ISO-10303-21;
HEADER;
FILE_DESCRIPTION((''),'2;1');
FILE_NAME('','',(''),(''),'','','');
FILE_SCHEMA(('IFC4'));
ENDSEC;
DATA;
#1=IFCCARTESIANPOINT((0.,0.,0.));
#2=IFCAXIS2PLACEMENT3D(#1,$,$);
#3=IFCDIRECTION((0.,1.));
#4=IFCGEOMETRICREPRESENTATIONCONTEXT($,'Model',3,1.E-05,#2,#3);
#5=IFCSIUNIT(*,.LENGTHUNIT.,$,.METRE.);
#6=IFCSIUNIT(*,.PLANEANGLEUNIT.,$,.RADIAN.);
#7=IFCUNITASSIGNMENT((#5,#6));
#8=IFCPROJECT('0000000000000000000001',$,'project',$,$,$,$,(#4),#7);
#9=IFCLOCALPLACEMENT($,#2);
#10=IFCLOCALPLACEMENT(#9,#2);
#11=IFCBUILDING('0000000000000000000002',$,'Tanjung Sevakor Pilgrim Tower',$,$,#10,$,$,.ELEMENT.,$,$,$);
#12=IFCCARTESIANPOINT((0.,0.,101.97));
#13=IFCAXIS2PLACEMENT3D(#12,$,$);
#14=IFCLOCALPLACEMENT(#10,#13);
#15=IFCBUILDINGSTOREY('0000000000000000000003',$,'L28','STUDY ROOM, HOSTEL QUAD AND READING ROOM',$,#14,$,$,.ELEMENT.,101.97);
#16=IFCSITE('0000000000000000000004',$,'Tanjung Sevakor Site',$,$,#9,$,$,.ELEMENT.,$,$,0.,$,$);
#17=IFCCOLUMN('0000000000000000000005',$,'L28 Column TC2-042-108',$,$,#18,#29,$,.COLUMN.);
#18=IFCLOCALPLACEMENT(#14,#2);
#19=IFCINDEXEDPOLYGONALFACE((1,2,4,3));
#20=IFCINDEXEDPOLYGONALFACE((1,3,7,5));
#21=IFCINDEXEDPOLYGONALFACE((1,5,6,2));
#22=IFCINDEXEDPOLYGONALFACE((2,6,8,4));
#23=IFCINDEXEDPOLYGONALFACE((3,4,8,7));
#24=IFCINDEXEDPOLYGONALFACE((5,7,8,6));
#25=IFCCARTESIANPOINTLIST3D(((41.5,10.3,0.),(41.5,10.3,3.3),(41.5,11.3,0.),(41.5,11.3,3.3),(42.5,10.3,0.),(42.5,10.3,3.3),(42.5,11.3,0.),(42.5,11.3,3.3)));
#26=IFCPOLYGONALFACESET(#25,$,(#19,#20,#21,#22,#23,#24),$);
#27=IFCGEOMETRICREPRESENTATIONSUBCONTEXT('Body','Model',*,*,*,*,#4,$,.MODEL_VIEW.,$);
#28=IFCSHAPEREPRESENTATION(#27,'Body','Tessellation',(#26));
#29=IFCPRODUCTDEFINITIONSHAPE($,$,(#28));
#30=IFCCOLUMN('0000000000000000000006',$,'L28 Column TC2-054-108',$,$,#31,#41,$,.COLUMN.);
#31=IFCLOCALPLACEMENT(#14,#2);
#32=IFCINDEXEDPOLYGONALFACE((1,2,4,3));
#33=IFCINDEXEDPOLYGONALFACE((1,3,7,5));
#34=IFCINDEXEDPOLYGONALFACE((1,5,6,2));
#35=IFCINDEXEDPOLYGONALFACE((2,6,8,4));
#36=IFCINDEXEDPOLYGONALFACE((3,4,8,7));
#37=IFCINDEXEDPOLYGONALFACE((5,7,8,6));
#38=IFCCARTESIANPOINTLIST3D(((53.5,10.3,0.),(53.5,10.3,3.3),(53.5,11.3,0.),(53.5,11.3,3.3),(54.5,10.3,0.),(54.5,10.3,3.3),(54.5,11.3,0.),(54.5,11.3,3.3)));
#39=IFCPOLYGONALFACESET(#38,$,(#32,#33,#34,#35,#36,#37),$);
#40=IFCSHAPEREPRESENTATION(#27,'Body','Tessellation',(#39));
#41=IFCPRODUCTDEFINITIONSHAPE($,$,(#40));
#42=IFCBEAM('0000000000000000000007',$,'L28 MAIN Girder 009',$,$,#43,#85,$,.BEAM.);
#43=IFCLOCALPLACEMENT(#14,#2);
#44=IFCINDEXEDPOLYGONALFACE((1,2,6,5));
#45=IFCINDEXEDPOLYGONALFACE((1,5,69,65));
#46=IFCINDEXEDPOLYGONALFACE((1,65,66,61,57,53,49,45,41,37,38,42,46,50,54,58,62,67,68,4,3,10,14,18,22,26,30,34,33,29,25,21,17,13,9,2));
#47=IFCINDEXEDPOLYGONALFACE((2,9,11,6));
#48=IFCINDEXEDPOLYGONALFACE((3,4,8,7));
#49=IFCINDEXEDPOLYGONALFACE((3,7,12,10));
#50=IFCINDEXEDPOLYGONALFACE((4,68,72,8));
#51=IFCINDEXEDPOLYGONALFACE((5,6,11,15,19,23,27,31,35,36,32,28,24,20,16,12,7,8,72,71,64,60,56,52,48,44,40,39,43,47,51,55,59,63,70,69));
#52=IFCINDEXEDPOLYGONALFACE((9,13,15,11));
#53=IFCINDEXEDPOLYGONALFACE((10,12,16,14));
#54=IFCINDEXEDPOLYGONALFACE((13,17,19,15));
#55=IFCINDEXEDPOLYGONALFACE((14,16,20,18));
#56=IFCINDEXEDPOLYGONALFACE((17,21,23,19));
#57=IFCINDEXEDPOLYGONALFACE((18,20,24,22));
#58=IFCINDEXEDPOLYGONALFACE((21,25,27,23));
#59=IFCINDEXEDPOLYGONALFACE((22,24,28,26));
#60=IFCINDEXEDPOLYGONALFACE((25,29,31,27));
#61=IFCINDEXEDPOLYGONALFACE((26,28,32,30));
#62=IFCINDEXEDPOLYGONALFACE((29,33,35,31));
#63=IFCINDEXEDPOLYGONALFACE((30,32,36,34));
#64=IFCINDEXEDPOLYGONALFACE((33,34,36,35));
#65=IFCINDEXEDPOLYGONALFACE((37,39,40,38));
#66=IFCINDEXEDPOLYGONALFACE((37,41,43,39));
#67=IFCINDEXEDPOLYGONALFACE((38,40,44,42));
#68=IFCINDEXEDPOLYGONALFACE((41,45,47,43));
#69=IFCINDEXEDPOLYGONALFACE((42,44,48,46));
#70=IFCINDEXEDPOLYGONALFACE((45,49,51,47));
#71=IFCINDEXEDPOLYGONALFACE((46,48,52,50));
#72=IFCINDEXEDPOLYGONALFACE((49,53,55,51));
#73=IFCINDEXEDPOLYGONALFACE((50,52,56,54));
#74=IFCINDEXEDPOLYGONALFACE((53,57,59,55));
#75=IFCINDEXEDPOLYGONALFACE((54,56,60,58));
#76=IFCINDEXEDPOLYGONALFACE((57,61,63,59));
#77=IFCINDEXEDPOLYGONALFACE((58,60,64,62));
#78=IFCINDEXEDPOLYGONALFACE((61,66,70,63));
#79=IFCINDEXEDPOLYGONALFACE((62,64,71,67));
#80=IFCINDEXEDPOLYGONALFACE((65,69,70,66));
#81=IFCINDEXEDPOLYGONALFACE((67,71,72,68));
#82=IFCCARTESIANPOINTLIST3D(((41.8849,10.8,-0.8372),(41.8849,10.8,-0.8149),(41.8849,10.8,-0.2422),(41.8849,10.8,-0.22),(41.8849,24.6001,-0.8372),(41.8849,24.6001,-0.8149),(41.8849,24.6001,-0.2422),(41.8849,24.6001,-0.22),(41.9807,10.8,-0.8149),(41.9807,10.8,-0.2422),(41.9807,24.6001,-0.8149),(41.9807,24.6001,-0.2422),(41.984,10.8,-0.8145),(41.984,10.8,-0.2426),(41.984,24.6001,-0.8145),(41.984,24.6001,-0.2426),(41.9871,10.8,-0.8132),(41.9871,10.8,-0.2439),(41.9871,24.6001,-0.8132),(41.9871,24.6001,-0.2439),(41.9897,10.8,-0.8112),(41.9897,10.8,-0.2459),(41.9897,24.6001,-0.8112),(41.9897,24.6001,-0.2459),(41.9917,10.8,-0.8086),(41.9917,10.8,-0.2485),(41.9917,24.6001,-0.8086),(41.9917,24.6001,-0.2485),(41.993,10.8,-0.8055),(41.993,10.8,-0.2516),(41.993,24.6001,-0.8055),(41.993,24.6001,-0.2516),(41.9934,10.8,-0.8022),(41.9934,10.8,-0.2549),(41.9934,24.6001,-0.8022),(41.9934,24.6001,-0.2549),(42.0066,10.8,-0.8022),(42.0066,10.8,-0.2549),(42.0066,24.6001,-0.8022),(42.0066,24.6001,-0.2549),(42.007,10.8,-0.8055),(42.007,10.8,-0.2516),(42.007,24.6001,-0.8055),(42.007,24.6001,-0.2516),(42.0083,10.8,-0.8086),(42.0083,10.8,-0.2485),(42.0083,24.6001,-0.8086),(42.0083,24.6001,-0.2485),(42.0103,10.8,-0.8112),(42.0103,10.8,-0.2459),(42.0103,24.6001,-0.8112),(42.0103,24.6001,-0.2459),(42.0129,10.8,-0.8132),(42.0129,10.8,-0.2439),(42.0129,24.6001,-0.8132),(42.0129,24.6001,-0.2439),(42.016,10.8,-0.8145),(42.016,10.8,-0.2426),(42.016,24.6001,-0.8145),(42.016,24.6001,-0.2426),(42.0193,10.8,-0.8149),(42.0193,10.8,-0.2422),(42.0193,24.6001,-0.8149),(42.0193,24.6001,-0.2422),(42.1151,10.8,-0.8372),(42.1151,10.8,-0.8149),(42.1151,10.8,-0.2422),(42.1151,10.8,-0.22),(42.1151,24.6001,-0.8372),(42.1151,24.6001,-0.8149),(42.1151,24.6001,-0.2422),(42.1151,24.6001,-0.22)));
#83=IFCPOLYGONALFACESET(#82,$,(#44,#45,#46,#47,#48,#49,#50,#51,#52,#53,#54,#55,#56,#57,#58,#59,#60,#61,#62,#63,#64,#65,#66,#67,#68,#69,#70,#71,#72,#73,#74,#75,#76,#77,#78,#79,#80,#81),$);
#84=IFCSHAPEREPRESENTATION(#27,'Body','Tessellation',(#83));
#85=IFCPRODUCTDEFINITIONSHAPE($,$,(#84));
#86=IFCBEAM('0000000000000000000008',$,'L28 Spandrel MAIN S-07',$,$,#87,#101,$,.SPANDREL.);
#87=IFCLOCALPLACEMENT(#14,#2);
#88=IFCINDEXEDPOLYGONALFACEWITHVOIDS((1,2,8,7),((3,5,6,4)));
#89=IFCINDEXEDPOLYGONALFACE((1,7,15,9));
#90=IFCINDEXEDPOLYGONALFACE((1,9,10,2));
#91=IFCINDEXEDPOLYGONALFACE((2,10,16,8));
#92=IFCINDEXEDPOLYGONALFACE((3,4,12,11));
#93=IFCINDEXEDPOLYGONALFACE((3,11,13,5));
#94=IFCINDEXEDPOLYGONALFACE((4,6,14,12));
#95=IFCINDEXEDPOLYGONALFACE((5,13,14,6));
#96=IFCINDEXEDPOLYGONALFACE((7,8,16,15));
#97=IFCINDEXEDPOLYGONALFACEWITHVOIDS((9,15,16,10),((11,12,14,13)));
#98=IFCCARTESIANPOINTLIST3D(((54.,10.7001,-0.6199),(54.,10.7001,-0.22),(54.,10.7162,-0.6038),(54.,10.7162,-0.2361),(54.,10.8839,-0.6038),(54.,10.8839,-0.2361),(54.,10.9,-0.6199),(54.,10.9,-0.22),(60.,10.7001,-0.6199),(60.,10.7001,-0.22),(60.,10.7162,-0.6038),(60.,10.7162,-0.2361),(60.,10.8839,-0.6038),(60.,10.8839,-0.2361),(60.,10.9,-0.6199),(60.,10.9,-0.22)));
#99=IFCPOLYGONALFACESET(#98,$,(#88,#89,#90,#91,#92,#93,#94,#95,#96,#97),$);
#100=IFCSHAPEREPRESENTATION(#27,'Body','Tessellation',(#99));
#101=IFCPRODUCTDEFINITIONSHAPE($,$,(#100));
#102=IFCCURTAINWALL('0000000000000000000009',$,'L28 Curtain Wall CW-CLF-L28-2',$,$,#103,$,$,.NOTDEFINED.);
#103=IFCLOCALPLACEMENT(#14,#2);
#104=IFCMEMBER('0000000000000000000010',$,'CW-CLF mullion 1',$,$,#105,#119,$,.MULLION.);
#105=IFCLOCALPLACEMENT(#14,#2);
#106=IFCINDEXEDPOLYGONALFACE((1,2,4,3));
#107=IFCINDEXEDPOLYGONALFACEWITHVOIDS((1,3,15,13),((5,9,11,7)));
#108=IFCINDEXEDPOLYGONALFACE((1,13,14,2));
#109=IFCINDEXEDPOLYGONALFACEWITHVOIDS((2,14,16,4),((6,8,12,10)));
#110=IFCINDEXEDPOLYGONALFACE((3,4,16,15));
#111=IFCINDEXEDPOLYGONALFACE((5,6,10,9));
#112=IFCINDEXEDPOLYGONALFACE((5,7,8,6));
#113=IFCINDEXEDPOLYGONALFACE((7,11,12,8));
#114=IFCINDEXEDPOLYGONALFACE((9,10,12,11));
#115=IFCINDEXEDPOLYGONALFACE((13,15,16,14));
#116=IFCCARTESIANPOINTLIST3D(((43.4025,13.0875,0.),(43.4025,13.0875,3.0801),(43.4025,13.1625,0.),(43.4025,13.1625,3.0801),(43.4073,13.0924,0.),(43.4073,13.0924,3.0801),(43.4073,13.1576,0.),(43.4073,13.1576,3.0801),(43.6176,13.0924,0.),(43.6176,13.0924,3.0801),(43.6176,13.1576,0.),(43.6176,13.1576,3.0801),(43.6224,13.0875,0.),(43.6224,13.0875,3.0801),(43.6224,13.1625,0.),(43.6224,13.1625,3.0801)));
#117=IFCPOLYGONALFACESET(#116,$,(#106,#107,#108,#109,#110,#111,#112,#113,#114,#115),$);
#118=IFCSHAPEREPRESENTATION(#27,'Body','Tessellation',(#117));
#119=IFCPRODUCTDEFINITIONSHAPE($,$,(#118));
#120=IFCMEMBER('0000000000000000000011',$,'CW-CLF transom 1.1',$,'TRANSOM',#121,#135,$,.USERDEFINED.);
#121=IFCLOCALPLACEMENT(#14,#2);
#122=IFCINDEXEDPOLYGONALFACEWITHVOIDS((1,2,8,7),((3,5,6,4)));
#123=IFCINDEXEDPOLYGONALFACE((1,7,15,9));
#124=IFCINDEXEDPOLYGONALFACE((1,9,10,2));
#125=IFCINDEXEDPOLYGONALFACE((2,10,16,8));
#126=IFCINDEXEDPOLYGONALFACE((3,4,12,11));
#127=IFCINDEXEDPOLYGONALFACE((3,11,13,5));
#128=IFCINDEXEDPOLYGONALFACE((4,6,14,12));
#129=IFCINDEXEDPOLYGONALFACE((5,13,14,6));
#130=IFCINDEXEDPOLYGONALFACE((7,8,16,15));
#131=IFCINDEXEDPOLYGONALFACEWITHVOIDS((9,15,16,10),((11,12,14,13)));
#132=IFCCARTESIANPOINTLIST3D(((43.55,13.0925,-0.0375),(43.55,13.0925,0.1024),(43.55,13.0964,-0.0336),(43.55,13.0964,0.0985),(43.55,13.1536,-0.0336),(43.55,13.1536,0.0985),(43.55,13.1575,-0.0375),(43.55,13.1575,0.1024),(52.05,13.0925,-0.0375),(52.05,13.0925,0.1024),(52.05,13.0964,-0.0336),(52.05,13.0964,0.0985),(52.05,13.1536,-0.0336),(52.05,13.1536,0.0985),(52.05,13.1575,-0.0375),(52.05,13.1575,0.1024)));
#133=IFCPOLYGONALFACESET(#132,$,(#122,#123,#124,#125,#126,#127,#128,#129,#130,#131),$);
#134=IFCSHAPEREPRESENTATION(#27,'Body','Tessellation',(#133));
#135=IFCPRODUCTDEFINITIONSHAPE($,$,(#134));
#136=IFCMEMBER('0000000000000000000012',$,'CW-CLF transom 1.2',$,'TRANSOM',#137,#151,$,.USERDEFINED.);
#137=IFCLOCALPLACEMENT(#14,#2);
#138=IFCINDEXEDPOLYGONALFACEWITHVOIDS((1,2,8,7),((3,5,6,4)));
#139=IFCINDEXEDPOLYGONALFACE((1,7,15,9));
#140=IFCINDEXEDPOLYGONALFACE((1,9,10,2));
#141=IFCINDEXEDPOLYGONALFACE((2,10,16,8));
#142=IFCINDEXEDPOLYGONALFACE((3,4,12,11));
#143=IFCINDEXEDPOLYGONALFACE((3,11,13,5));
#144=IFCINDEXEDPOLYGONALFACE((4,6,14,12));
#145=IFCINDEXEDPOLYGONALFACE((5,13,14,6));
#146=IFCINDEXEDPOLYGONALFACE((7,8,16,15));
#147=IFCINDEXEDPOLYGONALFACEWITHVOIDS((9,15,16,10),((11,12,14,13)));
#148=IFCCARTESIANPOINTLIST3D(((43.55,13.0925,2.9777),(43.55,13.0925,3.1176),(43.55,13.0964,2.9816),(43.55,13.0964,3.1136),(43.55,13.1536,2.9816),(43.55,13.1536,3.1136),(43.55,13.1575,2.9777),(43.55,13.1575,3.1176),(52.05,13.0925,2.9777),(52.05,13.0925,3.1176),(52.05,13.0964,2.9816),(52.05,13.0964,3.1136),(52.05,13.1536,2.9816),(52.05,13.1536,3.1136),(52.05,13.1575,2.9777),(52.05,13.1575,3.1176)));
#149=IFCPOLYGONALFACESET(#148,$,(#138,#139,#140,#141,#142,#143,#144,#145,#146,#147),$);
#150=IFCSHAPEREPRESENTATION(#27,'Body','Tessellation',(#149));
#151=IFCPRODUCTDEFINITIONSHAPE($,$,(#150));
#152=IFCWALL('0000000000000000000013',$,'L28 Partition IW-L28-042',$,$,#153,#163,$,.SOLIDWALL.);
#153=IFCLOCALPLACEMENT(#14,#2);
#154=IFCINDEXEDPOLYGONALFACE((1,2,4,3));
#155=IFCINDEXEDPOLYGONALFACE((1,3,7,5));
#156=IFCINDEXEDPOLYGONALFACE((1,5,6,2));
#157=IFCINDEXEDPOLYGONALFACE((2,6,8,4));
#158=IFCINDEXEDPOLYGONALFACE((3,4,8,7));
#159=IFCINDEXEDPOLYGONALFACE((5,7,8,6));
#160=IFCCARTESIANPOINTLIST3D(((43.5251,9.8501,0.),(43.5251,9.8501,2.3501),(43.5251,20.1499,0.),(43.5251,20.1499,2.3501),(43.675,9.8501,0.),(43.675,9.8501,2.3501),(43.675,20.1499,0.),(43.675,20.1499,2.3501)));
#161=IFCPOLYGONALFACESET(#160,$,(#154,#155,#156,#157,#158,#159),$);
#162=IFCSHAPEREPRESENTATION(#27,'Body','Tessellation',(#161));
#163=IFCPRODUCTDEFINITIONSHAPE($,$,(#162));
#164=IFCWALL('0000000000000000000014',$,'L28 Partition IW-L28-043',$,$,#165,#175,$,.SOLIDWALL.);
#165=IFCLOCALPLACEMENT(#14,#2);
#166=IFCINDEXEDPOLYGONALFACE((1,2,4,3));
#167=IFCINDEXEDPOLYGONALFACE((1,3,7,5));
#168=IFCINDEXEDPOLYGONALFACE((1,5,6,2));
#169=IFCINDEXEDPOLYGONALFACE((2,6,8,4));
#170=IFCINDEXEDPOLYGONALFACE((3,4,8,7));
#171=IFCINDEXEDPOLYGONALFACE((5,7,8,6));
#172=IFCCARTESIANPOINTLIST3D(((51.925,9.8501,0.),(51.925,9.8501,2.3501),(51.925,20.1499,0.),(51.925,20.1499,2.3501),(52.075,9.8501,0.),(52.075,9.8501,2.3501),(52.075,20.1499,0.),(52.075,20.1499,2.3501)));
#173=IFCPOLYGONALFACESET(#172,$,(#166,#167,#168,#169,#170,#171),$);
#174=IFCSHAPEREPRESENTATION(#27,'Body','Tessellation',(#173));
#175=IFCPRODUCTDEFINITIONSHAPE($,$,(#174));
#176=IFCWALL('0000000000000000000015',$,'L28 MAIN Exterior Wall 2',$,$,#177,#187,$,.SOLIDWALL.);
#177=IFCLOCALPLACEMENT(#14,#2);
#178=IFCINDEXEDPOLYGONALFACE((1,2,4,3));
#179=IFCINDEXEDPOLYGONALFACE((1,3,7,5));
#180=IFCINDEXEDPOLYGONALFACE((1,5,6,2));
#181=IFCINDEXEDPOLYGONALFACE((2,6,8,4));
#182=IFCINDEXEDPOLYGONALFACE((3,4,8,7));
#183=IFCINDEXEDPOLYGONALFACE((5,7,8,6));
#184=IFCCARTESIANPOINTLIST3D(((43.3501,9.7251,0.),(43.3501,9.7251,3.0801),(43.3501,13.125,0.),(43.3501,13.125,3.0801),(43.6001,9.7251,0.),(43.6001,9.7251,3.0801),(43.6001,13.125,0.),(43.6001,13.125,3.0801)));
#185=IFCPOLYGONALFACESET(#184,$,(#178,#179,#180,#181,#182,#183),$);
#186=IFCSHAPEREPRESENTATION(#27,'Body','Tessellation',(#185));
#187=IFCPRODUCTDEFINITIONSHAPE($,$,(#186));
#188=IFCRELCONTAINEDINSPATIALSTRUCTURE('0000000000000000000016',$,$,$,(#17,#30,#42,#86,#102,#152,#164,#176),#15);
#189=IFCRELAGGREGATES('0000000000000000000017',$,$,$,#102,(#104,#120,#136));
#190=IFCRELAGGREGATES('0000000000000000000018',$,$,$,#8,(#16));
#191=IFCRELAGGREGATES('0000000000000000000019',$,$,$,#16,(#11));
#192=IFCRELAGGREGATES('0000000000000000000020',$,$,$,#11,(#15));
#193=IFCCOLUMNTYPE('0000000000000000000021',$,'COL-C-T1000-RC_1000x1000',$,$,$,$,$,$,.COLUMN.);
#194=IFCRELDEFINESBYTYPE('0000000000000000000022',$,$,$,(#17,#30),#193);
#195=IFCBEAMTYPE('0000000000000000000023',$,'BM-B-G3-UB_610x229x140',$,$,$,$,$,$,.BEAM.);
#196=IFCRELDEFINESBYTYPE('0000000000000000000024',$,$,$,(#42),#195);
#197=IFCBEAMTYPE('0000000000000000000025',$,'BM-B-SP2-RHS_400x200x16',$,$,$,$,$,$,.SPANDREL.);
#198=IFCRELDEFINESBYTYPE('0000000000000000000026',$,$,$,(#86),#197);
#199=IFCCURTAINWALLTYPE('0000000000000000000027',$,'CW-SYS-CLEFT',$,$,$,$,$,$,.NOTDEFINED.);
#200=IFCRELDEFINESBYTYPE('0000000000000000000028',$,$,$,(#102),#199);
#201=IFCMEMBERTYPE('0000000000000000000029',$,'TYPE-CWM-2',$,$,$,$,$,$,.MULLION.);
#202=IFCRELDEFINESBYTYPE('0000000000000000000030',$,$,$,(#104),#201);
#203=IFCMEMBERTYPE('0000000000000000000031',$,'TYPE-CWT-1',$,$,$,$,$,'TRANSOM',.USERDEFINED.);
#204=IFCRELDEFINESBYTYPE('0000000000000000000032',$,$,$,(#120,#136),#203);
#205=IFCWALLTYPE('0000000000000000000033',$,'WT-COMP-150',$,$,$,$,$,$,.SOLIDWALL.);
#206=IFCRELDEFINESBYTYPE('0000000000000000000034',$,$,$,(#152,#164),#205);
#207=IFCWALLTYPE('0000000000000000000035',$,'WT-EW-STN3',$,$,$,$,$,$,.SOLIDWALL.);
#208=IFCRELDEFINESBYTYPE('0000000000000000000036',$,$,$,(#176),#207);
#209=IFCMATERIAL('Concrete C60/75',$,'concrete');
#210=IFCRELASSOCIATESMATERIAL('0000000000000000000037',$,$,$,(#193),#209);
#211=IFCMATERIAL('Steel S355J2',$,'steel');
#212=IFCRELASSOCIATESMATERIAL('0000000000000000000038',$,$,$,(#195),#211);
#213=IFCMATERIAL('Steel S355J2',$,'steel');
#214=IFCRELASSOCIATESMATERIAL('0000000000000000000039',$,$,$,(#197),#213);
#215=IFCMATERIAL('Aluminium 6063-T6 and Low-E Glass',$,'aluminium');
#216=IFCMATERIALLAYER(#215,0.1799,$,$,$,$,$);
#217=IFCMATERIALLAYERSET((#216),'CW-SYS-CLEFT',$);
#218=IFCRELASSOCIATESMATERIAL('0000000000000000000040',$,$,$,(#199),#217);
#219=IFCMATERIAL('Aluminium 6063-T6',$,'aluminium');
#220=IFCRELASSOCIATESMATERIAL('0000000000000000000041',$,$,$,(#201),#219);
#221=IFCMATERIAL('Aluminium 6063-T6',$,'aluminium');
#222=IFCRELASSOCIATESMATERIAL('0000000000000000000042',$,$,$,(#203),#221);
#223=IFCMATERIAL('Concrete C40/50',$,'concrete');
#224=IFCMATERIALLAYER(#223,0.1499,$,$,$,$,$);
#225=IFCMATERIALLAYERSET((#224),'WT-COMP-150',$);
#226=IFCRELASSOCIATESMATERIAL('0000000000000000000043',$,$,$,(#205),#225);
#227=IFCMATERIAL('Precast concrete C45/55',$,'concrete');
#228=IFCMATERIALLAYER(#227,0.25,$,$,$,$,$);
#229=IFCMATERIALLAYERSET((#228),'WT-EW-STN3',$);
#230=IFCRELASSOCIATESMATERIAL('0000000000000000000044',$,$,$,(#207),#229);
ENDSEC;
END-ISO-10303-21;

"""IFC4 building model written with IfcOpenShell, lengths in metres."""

from ifc_helpers import new_model, si_unit, direction, frame, frame_2d, origin, origin_2d, place, context, subcontext, project, spatial, rectangle, hollow_rectangle, i_section, extrude, material, layer, layer_set, material_profile, profile_set, type_object, element, aggregate, save


model = new_model("IFC4")

# Units and contexts
model_context = context("Model", 3, precision=1e-05, world=origin(), true_north=direction((0.0, 1.0)))
body_context = subcontext(model_context, "Body", "Model", "MODEL_VIEW")
ifc_project = project(units=[si_unit("LENGTHUNIT", "METRE"), si_unit("PLANEANGLEUNIT", "RADIAN")], contexts=[model_context])

# Site, building, storey
site_placement = place(None, origin())
site = spatial("IfcSite", under=ifc_project, at=site_placement, Name="Tanjung Sevakor Site", CompositionType="ELEMENT", RefElevation=0.0)
building_placement = place(site_placement, origin())
building = spatial("IfcBuilding", under=site, at=building_placement, Name="Tanjung Sevakor Pilgrim Tower", CompositionType="ELEMENT")
storey_placement = place(building_placement, frame((0.0, 0.0, 101.97)))
storey = spatial("IfcBuildingStorey", under=building, at=storey_placement, Name="L28", Description="STUDY ROOM, HOSTEL QUAD AND READING ROOM", CompositionType="ELEMENT", Elevation=101.97)

# Columns
ifc_material_1 = material(Name="Concrete C60/75", Category="concrete")
ifc_material_profile_1 = material_profile(ifc_material_1, rectangle(XDim=1.0, YDim=1.0, at=origin_2d()))
ifc_profile_set_1 = profile_set([ifc_material_profile_1], Name="Concrete C60/75")
column_type = type_object("IfcColumnType", Name="COL-C-T1000-RC_1000x1000", PredefinedType="COLUMN", material=ifc_profile_set_1)
for number, where, z_axis, x_axis, name in (
    (1, (42.0, 10.8, 0.0), (0.0, 0.0, 1.0), (1.0, 0.0, 0.0), "L28 Column TC2-042-108"),
    (2, (54.0, 10.8, 0.0), (0.0, 0.0, 1.0), (1.0, 0.0, 0.0), "L28 Column TC2-054-108"),
):
    element("IfcColumn", number, at=place(storey_placement, frame(where, z_axis=z_axis, x_axis=x_axis)), inside=storey, type_object=column_type, Name=name, PredefinedType="COLUMN", context=body_context, shape_type="SweptSolid", body=[
        extrude(rectangle(XDim=1.0, YDim=1.0, at=origin_2d()), origin(), (0.0, 0.0, 1.0), 3.3),
    ])

# Beams
ifc_material_2 = material(Name="Steel S355J2", Category="steel")
ifc_material_profile_2 = material_profile(ifc_material_2, i_section(OverallWidth=0.2302, OverallDepth=0.6172, WebThickness=0.0132, FlangeThickness=0.0222, FilletRadius=0.0127, at=origin_2d()))
ifc_profile_set_2 = profile_set([ifc_material_profile_2], Name="Steel S355J2")
beam_type_1 = type_object("IfcBeamType", Name="BM-B-G3-UB_610x229x140", PredefinedType="BEAM", material=ifc_profile_set_2)
beam_1_placement = place(storey_placement, frame((42.0, 10.8, -0.5286), z_axis=(0.0, 1.0, 0.0), x_axis=(-1.0, 0.0, 0.0)))
element("IfcBeam", 3, at=beam_1_placement, inside=storey, type_object=beam_type_1, Name="L28 MAIN Girder 009", PredefinedType="BEAM", context=body_context, shape_type="SweptSolid", body=[
    extrude(i_section(OverallWidth=0.2302, OverallDepth=0.6172, WebThickness=0.0132, FlangeThickness=0.0222, FilletRadius=0.0127, at=origin_2d()), origin(), (0.0, 0.0, 1.0), 13.8),
])
ifc_material_3 = material(Name="Steel S355J2", Category="steel")
ifc_material_profile_3 = material_profile(ifc_material_3, hollow_rectangle(XDim=0.2, YDim=0.3999, WallThickness=0.0161, at=origin_2d()))
ifc_profile_set_3 = profile_set([ifc_material_profile_3], Name="Steel S355J2")
beam_type_2 = type_object("IfcBeamType", Name="BM-B-SP2-RHS_400x200x16", PredefinedType="SPANDREL", material=ifc_profile_set_3)
beam_2_placement = place(storey_placement, frame((54.0, 10.8, -0.4199), z_axis=(1.0, 0.0, 0.0), x_axis=(0.0, 1.0, 0.0)))
element("IfcBeam", 4, at=beam_2_placement, inside=storey, type_object=beam_type_2, Name="L28 Spandrel MAIN S-07", PredefinedType="SPANDREL", context=body_context, shape_type="SweptSolid", body=[
    extrude(hollow_rectangle(XDim=0.2, YDim=0.3999, WallThickness=0.0161, at=origin_2d()), origin(), (0.0, 0.0, 1.0), 6.0),
])

# Curtain wall, members
ifc_material_4 = material(Name="Aluminium 6063-T6 and Low-E Glass", Category="aluminium")
ifc_layer_1 = layer(ifc_material_4, 0.1799)
ifc_layer_set_1 = layer_set([ifc_layer_1], Name="CW-SYS-CLEFT")
curtain_wall_type = type_object("IfcCurtainWallType", Name="CW-SYS-CLEFT", PredefinedType="NOTDEFINED", material=ifc_layer_set_1)
curtain_wall_placement = place(storey_placement, origin())
curtain_wall = element("IfcCurtainWall", 5, at=curtain_wall_placement, inside=storey, type_object=curtain_wall_type, Name="L28 Curtain Wall CW-CLF-L28-2", PredefinedType="NOTDEFINED")
ifc_material_5 = material(Name="Aluminium 6063-T6", Category="aluminium")
ifc_material_profile_4 = material_profile(ifc_material_5, hollow_rectangle(XDim=0.075, YDim=0.22, WallThickness=0.0049, at=origin_2d()))
ifc_profile_set_4 = profile_set([ifc_material_profile_4], Name="Aluminium 6063-T6")
member_type_1 = type_object("IfcMemberType", Name="TYPE-CWM-2", PredefinedType="MULLION", material=ifc_profile_set_4)
member_1_placement = place(storey_placement, frame((43.5125, 13.125, 0.0), z_axis=(0.0, 0.0, 1.0), x_axis=(0.0, 1.0, 0.0)))
member_1 = element("IfcMember", 6, at=member_1_placement, type_object=member_type_1, Name="CW-CLF mullion 1", PredefinedType="MULLION", context=body_context, shape_type="SweptSolid", body=[
    extrude(hollow_rectangle(XDim=0.075, YDim=0.22, WallThickness=0.0049, at=origin_2d()), origin(), (0.0, 0.0, 1.0), 3.0801),
])
ifc_material_6 = material(Name="Aluminium 6063-T6", Category="aluminium")
ifc_material_profile_5 = material_profile(ifc_material_6, hollow_rectangle(XDim=0.0649, YDim=0.1399, WallThickness=0.0039, at=origin_2d()))
ifc_profile_set_5 = profile_set([ifc_material_profile_5], Name="Aluminium 6063-T6")
member_type_2 = type_object("IfcMemberType", Name="TYPE-CWT-1", ElementType="TRANSOM", PredefinedType="USERDEFINED", material=ifc_profile_set_5)
member_2_placement = place(storey_placement, frame((43.55, 13.125, 0.0325), z_axis=(1.0, 0.0, 0.0), x_axis=(0.0, 1.0, 0.0)))
member_2 = element("IfcMember", 7, at=member_2_placement, type_object=member_type_2, Name="CW-CLF transom 1.1", ObjectType="TRANSOM", PredefinedType="USERDEFINED", context=body_context, shape_type="SweptSolid", body=[
    extrude(hollow_rectangle(XDim=0.0649, YDim=0.1399, WallThickness=0.0039, at=origin_2d()), origin(), (0.0, 0.0, 1.0), 8.5),
])
member_3_placement = place(storey_placement, frame((43.55, 13.125, 3.0476), z_axis=(1.0, 0.0, 0.0), x_axis=(0.0, 1.0, 0.0)))
member_3 = element("IfcMember", 8, at=member_3_placement, type_object=member_type_2, Name="CW-CLF transom 1.2", ObjectType="TRANSOM", PredefinedType="USERDEFINED", context=body_context, shape_type="SweptSolid", body=[
    extrude(hollow_rectangle(XDim=0.0649, YDim=0.1399, WallThickness=0.0039, at=origin_2d()), origin(), (0.0, 0.0, 1.0), 8.5),
])
aggregate(curtain_wall, [member_1, member_2, member_3])

# Walls
ifc_material_7 = material(Name="Concrete C40/50", Category="concrete")
ifc_layer_2 = layer(ifc_material_7, 0.1499)
ifc_layer_set_2 = layer_set([ifc_layer_2], Name="WT-COMP-150")
wall_type_1 = type_object("IfcWallType", Name="WT-COMP-150", PredefinedType="SOLIDWALL", material=ifc_layer_set_2)
for number, where, z_axis, x_axis, name in (
    (9, (43.6001, 9.8501, 0.0), (0.0, 0.0, 1.0), (0.0, 1.0, 0.0), "L28 Partition IW-L28-042"),
    (10, (52.0, 9.8501, 0.0), (0.0, 0.0, 1.0), (0.0, 1.0, 0.0), "L28 Partition IW-L28-043"),
):
    element("IfcWall", number, at=place(storey_placement, frame(where, z_axis=z_axis, x_axis=x_axis)), inside=storey, type_object=wall_type_1, Name=name, PredefinedType="SOLIDWALL", context=body_context, shape_type="SweptSolid", body=[
        extrude(rectangle(XDim=10.2998, YDim=0.1499, at=frame_2d((5.1499, 0.0))), origin(), (0.0, 0.0, 1.0), 2.3501),
    ])
ifc_material_8 = material(Name="Precast concrete C45/55", Category="concrete")
ifc_layer_3 = layer(ifc_material_8, 0.25)
ifc_layer_set_3 = layer_set([ifc_layer_3], Name="WT-EW-STN3")
wall_type_2 = type_object("IfcWallType", Name="WT-EW-STN3", PredefinedType="SOLIDWALL", material=ifc_layer_set_3)
wall_1_placement = place(storey_placement, frame((43.4751, 9.7251, 0.0), z_axis=(0.0, 0.0, 1.0), x_axis=(0.0, 1.0, 0.0)))
element("IfcWall", 11, at=wall_1_placement, inside=storey, type_object=wall_type_2, Name="L28 MAIN Exterior Wall 2", PredefinedType="SOLIDWALL", context=body_context, shape_type="SweptSolid", body=[
    extrude(rectangle(XDim=3.3999, YDim=0.25, at=frame_2d((1.7, 0.0))), origin(), (0.0, 0.0, 1.0), 3.0801),
])

save(model, "model.ifc")
